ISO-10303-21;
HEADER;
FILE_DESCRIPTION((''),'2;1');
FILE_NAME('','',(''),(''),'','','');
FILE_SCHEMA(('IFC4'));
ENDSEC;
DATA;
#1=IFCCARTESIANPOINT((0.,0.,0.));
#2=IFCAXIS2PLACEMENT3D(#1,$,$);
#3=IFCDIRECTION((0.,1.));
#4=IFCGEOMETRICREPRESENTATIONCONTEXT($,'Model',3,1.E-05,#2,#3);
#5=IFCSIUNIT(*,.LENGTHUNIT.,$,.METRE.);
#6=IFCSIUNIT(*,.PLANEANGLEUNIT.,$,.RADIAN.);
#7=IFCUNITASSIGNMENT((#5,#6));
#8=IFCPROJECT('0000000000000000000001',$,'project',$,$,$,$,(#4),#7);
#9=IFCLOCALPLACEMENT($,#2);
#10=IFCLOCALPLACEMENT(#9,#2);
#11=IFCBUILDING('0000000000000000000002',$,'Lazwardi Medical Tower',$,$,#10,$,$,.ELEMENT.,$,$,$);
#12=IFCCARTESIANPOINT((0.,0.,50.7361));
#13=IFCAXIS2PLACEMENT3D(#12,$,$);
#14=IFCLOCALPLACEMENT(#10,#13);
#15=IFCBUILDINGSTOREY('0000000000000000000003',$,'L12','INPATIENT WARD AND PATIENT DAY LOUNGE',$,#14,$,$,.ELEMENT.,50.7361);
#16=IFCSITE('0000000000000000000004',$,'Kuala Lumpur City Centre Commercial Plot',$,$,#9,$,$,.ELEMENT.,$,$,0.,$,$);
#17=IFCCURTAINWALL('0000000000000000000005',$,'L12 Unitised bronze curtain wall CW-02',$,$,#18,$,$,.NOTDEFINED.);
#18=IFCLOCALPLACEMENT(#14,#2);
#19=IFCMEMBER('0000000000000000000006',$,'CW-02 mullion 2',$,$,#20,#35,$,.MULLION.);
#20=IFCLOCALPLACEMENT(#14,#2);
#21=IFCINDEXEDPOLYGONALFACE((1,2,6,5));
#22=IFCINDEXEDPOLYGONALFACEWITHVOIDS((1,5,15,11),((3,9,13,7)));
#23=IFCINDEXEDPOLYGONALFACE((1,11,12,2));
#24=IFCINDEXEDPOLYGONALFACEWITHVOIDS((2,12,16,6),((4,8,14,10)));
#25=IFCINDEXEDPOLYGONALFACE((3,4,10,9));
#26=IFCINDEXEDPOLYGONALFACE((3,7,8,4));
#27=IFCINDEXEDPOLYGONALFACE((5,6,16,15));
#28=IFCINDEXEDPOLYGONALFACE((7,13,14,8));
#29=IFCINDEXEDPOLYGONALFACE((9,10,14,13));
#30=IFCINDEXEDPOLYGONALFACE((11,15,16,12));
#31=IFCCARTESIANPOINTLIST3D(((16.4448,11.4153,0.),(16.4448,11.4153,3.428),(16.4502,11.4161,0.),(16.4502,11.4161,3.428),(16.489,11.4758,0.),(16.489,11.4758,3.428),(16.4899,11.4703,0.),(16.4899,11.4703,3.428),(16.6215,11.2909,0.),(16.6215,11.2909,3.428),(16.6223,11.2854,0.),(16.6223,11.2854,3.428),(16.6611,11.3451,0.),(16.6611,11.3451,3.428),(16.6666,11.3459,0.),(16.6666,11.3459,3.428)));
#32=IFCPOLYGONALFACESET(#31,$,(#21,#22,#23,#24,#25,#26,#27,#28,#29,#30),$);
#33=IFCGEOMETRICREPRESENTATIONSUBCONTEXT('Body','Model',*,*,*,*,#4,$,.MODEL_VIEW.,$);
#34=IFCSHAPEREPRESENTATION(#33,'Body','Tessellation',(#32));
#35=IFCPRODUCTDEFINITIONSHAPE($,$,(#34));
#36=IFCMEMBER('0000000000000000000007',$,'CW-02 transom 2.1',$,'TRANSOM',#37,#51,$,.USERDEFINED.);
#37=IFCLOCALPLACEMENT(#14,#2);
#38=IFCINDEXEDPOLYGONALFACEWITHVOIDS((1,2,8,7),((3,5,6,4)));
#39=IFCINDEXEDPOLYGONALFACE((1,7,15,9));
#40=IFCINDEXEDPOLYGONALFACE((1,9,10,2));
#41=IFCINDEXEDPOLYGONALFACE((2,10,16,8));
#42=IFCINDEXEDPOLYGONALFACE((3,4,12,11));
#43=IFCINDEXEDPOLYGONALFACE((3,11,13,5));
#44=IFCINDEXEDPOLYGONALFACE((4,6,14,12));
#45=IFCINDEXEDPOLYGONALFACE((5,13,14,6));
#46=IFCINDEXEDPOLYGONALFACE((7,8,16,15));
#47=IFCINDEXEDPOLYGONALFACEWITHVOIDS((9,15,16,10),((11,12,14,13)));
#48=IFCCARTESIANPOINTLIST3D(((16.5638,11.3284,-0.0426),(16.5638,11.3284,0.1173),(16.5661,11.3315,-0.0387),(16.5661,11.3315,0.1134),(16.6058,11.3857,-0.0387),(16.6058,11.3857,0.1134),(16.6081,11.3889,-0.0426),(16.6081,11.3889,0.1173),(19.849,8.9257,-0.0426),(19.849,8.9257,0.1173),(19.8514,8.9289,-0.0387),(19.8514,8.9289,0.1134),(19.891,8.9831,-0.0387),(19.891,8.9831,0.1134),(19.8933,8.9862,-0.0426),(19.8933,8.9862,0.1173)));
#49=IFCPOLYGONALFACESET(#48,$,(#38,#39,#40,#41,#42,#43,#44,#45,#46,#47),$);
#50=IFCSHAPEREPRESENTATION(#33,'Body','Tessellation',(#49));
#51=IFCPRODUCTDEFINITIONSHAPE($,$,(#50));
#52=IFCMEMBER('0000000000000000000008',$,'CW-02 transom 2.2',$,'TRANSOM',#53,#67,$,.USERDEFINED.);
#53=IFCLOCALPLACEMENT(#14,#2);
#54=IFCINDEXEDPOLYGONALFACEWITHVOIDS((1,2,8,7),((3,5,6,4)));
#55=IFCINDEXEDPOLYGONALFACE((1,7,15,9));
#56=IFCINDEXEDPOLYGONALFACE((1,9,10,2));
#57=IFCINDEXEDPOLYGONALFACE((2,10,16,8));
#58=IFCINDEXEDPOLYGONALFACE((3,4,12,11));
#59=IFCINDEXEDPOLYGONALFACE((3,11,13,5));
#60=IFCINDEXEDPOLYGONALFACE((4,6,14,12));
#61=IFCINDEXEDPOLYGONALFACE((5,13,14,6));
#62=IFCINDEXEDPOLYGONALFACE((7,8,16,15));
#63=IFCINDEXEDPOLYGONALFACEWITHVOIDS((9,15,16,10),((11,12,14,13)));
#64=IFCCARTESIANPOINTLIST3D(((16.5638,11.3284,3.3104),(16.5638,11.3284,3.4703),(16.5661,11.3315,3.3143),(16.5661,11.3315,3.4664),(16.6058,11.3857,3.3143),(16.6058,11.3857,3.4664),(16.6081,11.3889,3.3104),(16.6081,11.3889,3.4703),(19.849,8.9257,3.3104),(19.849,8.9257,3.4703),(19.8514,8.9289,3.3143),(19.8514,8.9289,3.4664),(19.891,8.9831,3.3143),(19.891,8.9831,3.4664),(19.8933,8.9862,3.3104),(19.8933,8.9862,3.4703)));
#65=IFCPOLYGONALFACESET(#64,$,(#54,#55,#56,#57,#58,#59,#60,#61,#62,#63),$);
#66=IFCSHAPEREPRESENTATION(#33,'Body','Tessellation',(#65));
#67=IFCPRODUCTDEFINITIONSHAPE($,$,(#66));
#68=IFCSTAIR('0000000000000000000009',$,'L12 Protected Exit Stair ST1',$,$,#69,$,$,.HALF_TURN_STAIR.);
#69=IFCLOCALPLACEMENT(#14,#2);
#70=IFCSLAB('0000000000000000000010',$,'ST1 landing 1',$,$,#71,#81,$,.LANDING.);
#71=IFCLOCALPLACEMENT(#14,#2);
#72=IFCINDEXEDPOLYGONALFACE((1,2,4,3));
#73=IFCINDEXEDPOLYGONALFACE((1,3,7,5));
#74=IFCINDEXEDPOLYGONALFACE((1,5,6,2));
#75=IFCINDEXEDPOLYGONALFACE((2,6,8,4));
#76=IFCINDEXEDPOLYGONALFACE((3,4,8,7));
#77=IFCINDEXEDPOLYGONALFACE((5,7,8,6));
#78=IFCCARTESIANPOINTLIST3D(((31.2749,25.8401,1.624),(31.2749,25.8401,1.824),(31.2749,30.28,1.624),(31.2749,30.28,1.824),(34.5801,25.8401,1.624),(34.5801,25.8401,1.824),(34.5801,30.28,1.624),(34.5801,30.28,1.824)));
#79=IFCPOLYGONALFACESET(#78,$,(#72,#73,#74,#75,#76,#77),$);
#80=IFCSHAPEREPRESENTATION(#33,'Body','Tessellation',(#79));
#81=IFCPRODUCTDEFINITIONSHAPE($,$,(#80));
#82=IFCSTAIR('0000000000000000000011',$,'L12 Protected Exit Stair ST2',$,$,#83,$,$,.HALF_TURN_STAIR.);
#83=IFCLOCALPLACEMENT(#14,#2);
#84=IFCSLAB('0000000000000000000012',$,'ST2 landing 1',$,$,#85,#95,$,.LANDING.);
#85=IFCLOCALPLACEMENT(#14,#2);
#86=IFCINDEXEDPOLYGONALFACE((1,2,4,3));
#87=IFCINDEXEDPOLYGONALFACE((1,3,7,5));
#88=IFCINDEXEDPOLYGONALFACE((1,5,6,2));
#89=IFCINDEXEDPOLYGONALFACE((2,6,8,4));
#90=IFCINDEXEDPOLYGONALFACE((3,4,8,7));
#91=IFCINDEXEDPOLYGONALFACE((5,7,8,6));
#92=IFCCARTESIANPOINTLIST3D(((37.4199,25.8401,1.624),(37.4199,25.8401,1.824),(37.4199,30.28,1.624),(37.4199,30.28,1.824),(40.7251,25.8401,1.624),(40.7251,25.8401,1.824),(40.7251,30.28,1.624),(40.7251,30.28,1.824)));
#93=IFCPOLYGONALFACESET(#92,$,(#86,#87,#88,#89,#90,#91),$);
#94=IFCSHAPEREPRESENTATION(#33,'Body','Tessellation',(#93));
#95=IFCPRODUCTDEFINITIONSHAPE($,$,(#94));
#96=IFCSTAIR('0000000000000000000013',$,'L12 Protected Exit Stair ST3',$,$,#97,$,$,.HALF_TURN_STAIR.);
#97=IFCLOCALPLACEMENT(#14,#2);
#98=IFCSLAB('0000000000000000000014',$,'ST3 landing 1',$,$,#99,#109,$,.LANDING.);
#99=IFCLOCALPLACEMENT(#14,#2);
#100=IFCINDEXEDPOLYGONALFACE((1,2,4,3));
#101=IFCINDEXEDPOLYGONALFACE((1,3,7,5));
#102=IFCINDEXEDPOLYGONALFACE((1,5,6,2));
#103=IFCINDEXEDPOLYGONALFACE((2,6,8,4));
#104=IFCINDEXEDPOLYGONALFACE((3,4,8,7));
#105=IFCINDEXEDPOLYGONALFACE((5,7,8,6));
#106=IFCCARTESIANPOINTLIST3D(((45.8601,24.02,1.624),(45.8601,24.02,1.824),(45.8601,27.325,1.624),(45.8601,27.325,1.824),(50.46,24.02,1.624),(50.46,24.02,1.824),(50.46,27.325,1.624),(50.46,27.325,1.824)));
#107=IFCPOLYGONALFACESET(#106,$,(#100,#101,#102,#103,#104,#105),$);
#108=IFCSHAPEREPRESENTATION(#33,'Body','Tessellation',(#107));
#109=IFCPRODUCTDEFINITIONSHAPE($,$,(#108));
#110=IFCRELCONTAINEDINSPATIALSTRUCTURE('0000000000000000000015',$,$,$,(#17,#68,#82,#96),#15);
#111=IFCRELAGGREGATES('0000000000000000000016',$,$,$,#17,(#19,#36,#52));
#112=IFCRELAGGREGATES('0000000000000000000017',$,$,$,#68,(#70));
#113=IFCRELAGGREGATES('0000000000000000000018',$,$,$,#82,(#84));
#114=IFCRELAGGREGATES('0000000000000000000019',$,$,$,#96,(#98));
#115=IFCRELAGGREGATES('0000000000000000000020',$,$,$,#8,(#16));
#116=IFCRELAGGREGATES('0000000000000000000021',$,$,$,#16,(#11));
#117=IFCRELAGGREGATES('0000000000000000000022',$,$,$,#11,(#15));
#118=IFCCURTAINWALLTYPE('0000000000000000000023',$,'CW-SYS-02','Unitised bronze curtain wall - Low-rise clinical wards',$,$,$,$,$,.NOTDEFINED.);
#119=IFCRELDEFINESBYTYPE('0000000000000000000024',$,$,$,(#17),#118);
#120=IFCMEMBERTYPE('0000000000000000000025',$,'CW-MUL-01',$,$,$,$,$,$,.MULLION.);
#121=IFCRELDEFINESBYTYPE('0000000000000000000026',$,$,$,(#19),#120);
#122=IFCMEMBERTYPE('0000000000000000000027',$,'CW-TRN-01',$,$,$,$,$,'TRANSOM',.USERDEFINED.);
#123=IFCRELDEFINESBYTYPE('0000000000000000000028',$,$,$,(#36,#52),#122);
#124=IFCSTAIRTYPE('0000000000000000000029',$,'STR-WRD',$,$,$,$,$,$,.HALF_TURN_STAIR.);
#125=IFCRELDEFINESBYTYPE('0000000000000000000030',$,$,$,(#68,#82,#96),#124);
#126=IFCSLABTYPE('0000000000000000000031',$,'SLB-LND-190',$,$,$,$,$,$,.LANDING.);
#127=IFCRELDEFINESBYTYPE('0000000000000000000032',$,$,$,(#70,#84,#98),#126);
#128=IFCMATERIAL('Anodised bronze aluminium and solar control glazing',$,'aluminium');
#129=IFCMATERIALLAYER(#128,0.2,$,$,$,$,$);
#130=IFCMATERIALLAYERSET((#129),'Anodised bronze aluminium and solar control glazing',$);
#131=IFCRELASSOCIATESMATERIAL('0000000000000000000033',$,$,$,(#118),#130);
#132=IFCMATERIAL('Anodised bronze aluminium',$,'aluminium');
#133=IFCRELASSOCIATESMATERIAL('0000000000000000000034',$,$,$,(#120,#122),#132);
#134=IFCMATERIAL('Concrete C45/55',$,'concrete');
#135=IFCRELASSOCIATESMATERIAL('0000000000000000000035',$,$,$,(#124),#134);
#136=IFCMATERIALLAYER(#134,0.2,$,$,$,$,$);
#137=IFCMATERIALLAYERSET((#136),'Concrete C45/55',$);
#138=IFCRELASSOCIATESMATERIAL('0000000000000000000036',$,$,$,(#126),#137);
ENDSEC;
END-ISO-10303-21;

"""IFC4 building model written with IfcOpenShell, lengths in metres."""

from ifc_helpers import new_model, si_unit, direction, frame, origin, origin_2d, place, context, subcontext, project, spatial, polyline, hollow_rectangle, outline, extrude, material, layer, layer_set, material_profile, profile_set, type_object, element, aggregate, save


model = new_model("IFC4")

# Units and contexts
model_context = context("Model", 3, precision=1e-05, world=origin(), true_north=direction((0.0, 1.0)))
body_context = subcontext(model_context, "Body", "Model", "MODEL_VIEW")
ifc_project = project(units=[si_unit("LENGTHUNIT", "METRE"), si_unit("PLANEANGLEUNIT", "RADIAN")], contexts=[model_context])

# Site, building, storey
site_placement = place(None, origin())
site = spatial("IfcSite", under=ifc_project, at=site_placement, Name="Kuala Lumpur City Centre Commercial Plot", CompositionType="ELEMENT", RefElevation=0.0)
building_placement = place(site_placement, origin())
building = spatial("IfcBuilding", under=site, at=building_placement, Name="Lazwardi Medical Tower", CompositionType="ELEMENT")
storey_placement = place(building_placement, frame((0.0, 0.0, 50.7361)))
storey = spatial("IfcBuildingStorey", under=building, at=storey_placement, Name="L12", Description="INPATIENT WARD AND PATIENT DAY LOUNGE", CompositionType="ELEMENT", Elevation=50.7361)

# Curtain wall, members
ifc_material_1 = material(Name="Anodised bronze aluminium and solar control glazing", Category="aluminium")
ifc_layer_1 = layer(ifc_material_1, 0.2)
ifc_layer_set_1 = layer_set([ifc_layer_1], Name="Anodised bronze aluminium and solar control glazing")
curtain_wall_type = type_object("IfcCurtainWallType", Name="CW-SYS-02", Description="Unitised bronze curtain wall - Low-rise clinical wards", PredefinedType="NOTDEFINED", material=ifc_layer_set_1)
curtain_wall_placement = place(storey_placement, origin())
curtain_wall = element("IfcCurtainWall", 1, at=curtain_wall_placement, inside=storey, type_object=curtain_wall_type, Name="L12 Unitised bronze curtain wall CW-02", PredefinedType="NOTDEFINED")
ifc_material_2 = material(Name="Anodised bronze aluminium", Category="aluminium")
ifc_material_profile_1 = material_profile(ifc_material_2, hollow_rectangle(XDim=0.075, YDim=0.22, WallThickness=0.0039, at=origin_2d()), Name="ALU-MULLION 220x75x4")
ifc_profile_set_1 = profile_set([ifc_material_profile_1], Name="Anodised bronze aluminium")
member_type_1 = type_object("IfcMemberType", Name="CW-MUL-01", PredefinedType="MULLION", material=ifc_profile_set_1)
member_1_placement = place(storey_placement, frame((16.5557, 11.3806, 0.0), z_axis=(0.0, 0.0, 1.0), x_axis=(0.590289, 0.807192, 0.0)))
member_1 = element("IfcMember", 2, at=member_1_placement, type_object=member_type_1, Name="CW-02 mullion 2", PredefinedType="MULLION", context=body_context, shape_type="SweptSolid", body=[
    extrude(hollow_rectangle(XDim=0.075, YDim=0.22, WallThickness=0.0039, at=origin_2d()), origin(), (0.0, 0.0, 1.0), 3.428),
])
ifc_material_profile_2 = material_profile(ifc_material_2, hollow_rectangle(XDim=0.075, YDim=0.1599, WallThickness=0.0039, at=origin_2d()), Name="ALU-TRANSOM 160x75x4")
ifc_profile_set_2 = profile_set([ifc_material_profile_2], Name="Anodised bronze aluminium")
member_type_2 = type_object("IfcMemberType", Name="CW-TRN-01", ElementType="TRANSOM", PredefinedType="USERDEFINED", material=ifc_profile_set_2)
member_2_placement = place(storey_placement, frame((16.5859, 11.3586, 0.0374), z_axis=(0.807169, -0.59032, 0.0), x_axis=(0.59032, 0.807169, 0.0)))
member_2 = element("IfcMember", 3, at=member_2_placement, type_object=member_type_2, Name="CW-02 transom 2.1", ObjectType="TRANSOM", PredefinedType="USERDEFINED", context=body_context, shape_type="SweptSolid", body=[
    extrude(hollow_rectangle(XDim=0.075, YDim=0.1599, WallThickness=0.0039, at=origin_2d()), origin(), (0.0, 0.0, 1.0), 4.0701),
])
member_3_placement = place(storey_placement, frame((16.5859, 11.3586, 3.3904), z_axis=(0.807169, -0.59032, 0.0), x_axis=(0.59032, 0.807169, 0.0)))
member_3 = element("IfcMember", 4, at=member_3_placement, type_object=member_type_2, Name="CW-02 transom 2.2", ObjectType="TRANSOM", PredefinedType="USERDEFINED", context=body_context, shape_type="SweptSolid", body=[
    extrude(hollow_rectangle(XDim=0.075, YDim=0.1599, WallThickness=0.0039, at=origin_2d()), origin(), (0.0, 0.0, 1.0), 4.0701),
])
aggregate(curtain_wall, [member_1, member_2, member_3])

# Stairs, slabs
ifc_material_3 = material(Name="Concrete C45/55", Category="concrete")
stair_type = type_object("IfcStairType", Name="STR-WRD", PredefinedType="HALF_TURN_STAIR", material=ifc_material_3)
stair_1_placement = place(storey_placement, origin())
stair_1 = element("IfcStair", 5, at=stair_1_placement, inside=storey, type_object=stair_type, Name="L12 Protected Exit Stair ST1", PredefinedType="HALF_TURN_STAIR")
ifc_layer_2 = layer(ifc_material_3, 0.2)
ifc_layer_set_2 = layer_set([ifc_layer_2], Name="Concrete C45/55")
slab_type_1 = type_object("IfcSlabType", Name="SLB-LND-190", PredefinedType="LANDING", material=ifc_layer_set_2)
slab_1_placement = place(storey_placement, frame((0.0, 0.0, 1.624)))
slab_1 = element("IfcSlab", 6, at=slab_1_placement, type_object=slab_type_1, Name="ST1 landing 1", PredefinedType="LANDING", context=body_context, shape_type="SweptSolid", body=[
    extrude(outline(polyline([(31.2749, 25.8401), (34.5801, 25.8401), (34.5801, 30.28), (31.2749, 30.28), (31.2749, 25.8401)])), origin(), (0.0, 0.0, 1.0), 0.2),
])
aggregate(stair_1, [slab_1])
stair_2_placement = place(storey_placement, origin())
stair_2 = element("IfcStair", 7, at=stair_2_placement, inside=storey, type_object=stair_type, Name="L12 Protected Exit Stair ST2", PredefinedType="HALF_TURN_STAIR")
slab_2_placement = place(storey_placement, frame((0.0, 0.0, 1.624)))
slab_2 = element("IfcSlab", 8, at=slab_2_placement, type_object=slab_type_1, Name="ST2 landing 1", PredefinedType="LANDING", context=body_context, shape_type="SweptSolid", body=[
    extrude(outline(polyline([(40.7251, 30.28), (37.4199, 30.28), (37.4199, 25.8401), (40.7251, 25.8401), (40.7251, 30.28)])), origin(), (0.0, 0.0, 1.0), 0.2),
])
aggregate(stair_2, [slab_2])
stair_3_placement = place(storey_placement, origin())
stair_3 = element("IfcStair", 9, at=stair_3_placement, inside=storey, type_object=stair_type, Name="L12 Protected Exit Stair ST3", PredefinedType="HALF_TURN_STAIR")
slab_3_placement = place(storey_placement, frame((0.0, 0.0, 1.624)))
slab_3 = element("IfcSlab", 10, at=slab_3_placement, type_object=slab_type_1, Name="ST3 landing 1", PredefinedType="LANDING", context=body_context, shape_type="SweptSolid", body=[
    extrude(outline(polyline([(45.8601, 27.325), (45.8601, 24.02), (50.46, 24.02), (50.46, 27.325), (45.8601, 27.325)])), origin(), (0.0, 0.0, 1.0), 0.2),
])
aggregate(stair_3, [slab_3])

save(model, "model.ifc")
